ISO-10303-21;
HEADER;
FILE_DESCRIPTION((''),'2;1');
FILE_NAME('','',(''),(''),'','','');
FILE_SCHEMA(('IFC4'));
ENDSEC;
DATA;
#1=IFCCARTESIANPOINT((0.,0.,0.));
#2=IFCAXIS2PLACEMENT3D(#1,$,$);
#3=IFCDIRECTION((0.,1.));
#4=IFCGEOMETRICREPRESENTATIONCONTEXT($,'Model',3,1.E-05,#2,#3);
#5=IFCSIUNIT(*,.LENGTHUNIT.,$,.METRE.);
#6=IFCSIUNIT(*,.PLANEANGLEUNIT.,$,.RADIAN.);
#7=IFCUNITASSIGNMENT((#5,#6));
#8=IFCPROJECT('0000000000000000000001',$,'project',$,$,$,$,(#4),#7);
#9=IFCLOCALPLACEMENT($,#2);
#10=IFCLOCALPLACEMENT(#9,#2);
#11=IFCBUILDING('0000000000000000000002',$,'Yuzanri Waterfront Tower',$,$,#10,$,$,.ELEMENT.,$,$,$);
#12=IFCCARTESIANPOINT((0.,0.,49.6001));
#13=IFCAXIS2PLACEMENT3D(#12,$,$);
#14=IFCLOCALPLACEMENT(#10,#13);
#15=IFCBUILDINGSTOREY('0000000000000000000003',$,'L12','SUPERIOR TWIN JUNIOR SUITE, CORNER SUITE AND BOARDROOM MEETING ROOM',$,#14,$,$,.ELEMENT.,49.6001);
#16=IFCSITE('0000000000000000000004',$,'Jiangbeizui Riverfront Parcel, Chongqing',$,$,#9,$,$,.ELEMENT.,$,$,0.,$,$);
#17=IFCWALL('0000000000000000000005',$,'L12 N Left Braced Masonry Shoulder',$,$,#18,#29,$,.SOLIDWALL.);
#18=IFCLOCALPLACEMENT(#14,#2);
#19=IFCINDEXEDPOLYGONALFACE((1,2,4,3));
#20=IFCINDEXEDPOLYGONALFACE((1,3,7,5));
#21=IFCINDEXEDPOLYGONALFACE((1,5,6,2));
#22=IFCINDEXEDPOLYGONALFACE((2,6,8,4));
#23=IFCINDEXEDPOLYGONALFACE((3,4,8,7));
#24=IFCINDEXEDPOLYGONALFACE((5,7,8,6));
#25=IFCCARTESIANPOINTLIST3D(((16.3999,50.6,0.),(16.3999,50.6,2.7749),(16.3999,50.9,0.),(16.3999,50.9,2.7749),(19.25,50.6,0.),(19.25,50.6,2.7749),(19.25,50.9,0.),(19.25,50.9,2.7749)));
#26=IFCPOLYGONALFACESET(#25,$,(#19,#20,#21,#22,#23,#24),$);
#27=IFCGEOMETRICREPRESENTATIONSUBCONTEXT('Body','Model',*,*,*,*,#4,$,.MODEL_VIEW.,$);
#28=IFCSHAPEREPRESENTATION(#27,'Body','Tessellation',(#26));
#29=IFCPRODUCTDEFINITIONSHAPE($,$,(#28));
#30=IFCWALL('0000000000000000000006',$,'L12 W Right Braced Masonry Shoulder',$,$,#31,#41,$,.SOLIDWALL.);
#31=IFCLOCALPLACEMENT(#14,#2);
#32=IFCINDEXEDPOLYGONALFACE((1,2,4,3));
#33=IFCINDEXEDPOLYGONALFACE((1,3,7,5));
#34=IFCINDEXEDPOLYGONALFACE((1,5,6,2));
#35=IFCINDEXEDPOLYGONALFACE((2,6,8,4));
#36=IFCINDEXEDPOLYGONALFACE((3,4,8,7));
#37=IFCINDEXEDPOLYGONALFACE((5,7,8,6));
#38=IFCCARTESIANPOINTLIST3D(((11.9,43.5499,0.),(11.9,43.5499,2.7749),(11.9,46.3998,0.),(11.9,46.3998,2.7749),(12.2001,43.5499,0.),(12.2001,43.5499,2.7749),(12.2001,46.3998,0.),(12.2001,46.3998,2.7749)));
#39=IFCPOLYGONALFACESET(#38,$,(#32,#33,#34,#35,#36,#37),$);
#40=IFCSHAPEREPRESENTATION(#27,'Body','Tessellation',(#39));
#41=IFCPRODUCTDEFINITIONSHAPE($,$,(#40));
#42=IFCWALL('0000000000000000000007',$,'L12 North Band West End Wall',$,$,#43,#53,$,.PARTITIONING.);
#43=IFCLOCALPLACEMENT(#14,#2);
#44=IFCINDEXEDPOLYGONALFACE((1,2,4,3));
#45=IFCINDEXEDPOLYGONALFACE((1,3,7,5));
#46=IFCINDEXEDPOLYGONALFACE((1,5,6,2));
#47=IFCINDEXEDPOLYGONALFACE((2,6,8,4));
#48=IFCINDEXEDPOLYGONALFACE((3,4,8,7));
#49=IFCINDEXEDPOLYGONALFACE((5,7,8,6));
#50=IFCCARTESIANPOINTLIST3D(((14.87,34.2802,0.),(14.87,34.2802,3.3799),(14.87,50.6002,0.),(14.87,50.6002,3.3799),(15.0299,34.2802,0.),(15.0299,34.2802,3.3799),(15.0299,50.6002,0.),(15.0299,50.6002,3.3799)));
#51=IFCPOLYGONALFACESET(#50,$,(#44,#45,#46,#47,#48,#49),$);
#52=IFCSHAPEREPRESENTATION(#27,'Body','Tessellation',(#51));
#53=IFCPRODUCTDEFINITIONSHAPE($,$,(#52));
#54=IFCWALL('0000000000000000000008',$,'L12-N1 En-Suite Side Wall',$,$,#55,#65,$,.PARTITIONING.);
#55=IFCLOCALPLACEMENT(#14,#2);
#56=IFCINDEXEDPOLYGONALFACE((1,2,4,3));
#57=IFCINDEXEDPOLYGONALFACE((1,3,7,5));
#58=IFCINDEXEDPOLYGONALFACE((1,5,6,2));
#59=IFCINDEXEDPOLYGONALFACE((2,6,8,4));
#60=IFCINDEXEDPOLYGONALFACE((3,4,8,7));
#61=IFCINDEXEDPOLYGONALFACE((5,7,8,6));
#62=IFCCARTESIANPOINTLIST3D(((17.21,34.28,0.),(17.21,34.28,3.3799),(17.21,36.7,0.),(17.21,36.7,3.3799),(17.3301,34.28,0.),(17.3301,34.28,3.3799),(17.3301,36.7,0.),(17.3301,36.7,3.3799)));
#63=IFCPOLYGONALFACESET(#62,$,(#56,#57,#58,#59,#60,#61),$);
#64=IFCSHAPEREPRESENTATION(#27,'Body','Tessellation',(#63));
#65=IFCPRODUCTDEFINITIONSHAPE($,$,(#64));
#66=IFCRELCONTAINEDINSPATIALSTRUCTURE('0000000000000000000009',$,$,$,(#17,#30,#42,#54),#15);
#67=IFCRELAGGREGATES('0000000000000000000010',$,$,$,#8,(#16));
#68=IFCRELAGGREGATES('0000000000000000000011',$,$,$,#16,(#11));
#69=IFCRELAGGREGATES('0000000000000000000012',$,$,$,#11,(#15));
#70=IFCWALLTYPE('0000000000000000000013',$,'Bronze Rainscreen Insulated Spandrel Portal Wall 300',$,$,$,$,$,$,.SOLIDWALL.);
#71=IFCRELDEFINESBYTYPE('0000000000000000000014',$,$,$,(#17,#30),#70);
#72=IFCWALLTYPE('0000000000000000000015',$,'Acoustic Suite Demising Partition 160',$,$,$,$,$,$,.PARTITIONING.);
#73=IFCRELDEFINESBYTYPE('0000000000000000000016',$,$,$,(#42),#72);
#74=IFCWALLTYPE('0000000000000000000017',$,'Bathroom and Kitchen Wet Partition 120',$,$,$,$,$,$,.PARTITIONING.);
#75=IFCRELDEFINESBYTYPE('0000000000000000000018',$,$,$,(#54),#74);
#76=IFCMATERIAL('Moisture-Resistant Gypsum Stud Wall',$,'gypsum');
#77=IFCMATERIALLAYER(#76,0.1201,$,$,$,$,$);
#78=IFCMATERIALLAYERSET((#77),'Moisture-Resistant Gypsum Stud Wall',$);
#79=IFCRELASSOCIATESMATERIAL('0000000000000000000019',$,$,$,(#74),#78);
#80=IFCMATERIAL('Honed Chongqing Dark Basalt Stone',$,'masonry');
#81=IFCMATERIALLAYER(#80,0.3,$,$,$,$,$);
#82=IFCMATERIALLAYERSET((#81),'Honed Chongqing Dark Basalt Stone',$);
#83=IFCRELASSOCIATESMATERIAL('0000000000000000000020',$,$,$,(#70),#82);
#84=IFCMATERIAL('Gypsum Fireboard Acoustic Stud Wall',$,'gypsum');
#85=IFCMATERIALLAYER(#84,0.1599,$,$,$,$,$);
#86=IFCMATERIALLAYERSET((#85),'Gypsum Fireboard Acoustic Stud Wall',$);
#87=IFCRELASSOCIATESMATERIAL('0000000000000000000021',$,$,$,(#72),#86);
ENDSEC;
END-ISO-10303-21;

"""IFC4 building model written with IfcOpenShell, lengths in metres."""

from ifc_helpers import new_model, si_unit, direction, frame, frame_2d, origin, place, context, subcontext, project, spatial, rectangle, extrude, source, transform, mapped, material, layer, layer_set, type_object, element, save


model = new_model("IFC4")

# Units and contexts
model_context = context("Model", 3, precision=1e-05, world=origin(), true_north=direction((0.0, 1.0)))
body_context = subcontext(model_context, "Body", "Model", "MODEL_VIEW")
ifc_project = project(units=[si_unit("LENGTHUNIT", "METRE"), si_unit("PLANEANGLEUNIT", "RADIAN")], contexts=[model_context])

# Site, building, storey
site_placement = place(None, origin())
site = spatial("IfcSite", under=ifc_project, at=site_placement, Name="Jiangbeizui Riverfront Parcel, Chongqing", CompositionType="ELEMENT", RefElevation=0.0)
building_placement = place(site_placement, origin())
building = spatial("IfcBuilding", under=site, at=building_placement, Name="Yuzanri Waterfront Tower", CompositionType="ELEMENT")
storey_placement = place(building_placement, frame((0.0, 0.0, 49.6001)))
storey = spatial("IfcBuildingStorey", under=building, at=storey_placement, Name="L12", Description="SUPERIOR TWIN JUNIOR SUITE, CORNER SUITE AND BOARDROOM MEETING ROOM", CompositionType="ELEMENT", Elevation=49.6001)

# Shared definitions
ifc_material_1 = material(Name="Moisture-Resistant Gypsum Stud Wall", Category="gypsum")
ifc_layer_1 = layer(ifc_material_1, 0.1201)
ifc_layer_set_1 = layer_set([ifc_layer_1], Name="Moisture-Resistant Gypsum Stud Wall")
wall_type_1 = type_object("IfcWallType", Name="Bathroom and Kitchen Wet Partition 120", PredefinedType="PARTITIONING", material=ifc_layer_set_1)

# Shared definitions
ifc_material_2 = material(Name="Honed Chongqing Dark Basalt Stone", Category="masonry")
ifc_layer_2 = layer(ifc_material_2, 0.3)
ifc_layer_set_2 = layer_set([ifc_layer_2], Name="Honed Chongqing Dark Basalt Stone")
wall_type_2 = type_object("IfcWallType", Name="Bronze Rainscreen Insulated Spandrel Portal Wall 300", PredefinedType="SOLIDWALL", material=ifc_layer_set_2)

# Walls
shared_shape_1 = source(origin(), body_context, "Body", "SweptSolid", [
    extrude(rectangle(XDim=2.8501, YDim=0.3, at=frame_2d((1.425, 0.0))), origin(), (0.0, 0.0, 1.0), 2.7749),
])
wall_1_placement = place(storey_placement, frame((16.3999, 50.75, 0.0), z_axis=(0.0, 0.0, 1.0), x_axis=(1.0, 0.0, 0.0)))
element("IfcWall", 1, at=wall_1_placement, inside=storey, type_object=wall_type_2, Name="L12 N Left Braced Masonry Shoulder", PredefinedType="SOLIDWALL", context=body_context, shape_type="MappedRepresentation", body=[
    mapped(shared_shape_1, transform((0.0, 0.0, 0.0), scale=1.0)),
])
shared_shape_2 = source(origin(), body_context, "Body", "SweptSolid", [
    extrude(rectangle(XDim=2.8499, YDim=0.3, at=frame_2d((1.4248, 0.0))), origin(), (0.0, 0.0, 1.0), 2.7749),
])
wall_2_placement = place(storey_placement, frame((12.05, 43.55, 0.0), z_axis=(0.0, 0.0, 1.0), x_axis=(0.0, 1.0, 0.0)))
element("IfcWall", 2, at=wall_2_placement, inside=storey, type_object=wall_type_2, Name="L12 W Right Braced Masonry Shoulder", PredefinedType="SOLIDWALL", context=body_context, shape_type="MappedRepresentation", body=[
    mapped(shared_shape_2, transform((0.0, 0.0, 0.0), scale=1.0)),
])
ifc_material_3 = material(Name="Gypsum Fireboard Acoustic Stud Wall", Category="gypsum")
ifc_layer_3 = layer(ifc_material_3, 0.1599)
ifc_layer_set_3 = layer_set([ifc_layer_3], Name="Gypsum Fireboard Acoustic Stud Wall")
wall_type_3 = type_object("IfcWallType", Name="Acoustic Suite Demising Partition 160", PredefinedType="PARTITIONING", material=ifc_layer_set_3)
shared_shape_3 = source(origin(), body_context, "Body", "SweptSolid", [
    extrude(rectangle(XDim=16.3201, YDim=0.1599, at=frame_2d((8.1602, 0.0))), origin(), (0.0, 0.0, 1.0), 3.3799),
])
wall_3_placement = place(storey_placement, frame((14.95, 34.28, 0.0), z_axis=(0.0, 0.0, 1.0), x_axis=(0.0, 1.0, 0.0)))
element("IfcWall", 3, at=wall_3_placement, inside=storey, type_object=wall_type_3, Name="L12 North Band West End Wall", PredefinedType="PARTITIONING", context=body_context, shape_type="MappedRepresentation", body=[
    mapped(shared_shape_3, transform((0.0, 0.0, 0.0), scale=1.0)),
])
shared_shape_4 = source(origin(), body_context, "Body", "SweptSolid", [
    extrude(rectangle(XDim=2.4199, YDim=0.1201, at=frame_2d((1.21, 0.0))), origin(), (0.0, 0.0, 1.0), 3.3799),
])
wall_4_placement = place(storey_placement, frame((17.27, 34.28, 0.0), z_axis=(0.0, 0.0, 1.0), x_axis=(0.0, 1.0, 0.0)))
element("IfcWall", 4, at=wall_4_placement, inside=storey, type_object=wall_type_1, Name="L12-N1 En-Suite Side Wall", PredefinedType="PARTITIONING", context=body_context, shape_type="MappedRepresentation", body=[
    mapped(shared_shape_4, transform((0.0, 0.0, 0.0), scale=1.0)),
])

save(model, "model.ifc")
